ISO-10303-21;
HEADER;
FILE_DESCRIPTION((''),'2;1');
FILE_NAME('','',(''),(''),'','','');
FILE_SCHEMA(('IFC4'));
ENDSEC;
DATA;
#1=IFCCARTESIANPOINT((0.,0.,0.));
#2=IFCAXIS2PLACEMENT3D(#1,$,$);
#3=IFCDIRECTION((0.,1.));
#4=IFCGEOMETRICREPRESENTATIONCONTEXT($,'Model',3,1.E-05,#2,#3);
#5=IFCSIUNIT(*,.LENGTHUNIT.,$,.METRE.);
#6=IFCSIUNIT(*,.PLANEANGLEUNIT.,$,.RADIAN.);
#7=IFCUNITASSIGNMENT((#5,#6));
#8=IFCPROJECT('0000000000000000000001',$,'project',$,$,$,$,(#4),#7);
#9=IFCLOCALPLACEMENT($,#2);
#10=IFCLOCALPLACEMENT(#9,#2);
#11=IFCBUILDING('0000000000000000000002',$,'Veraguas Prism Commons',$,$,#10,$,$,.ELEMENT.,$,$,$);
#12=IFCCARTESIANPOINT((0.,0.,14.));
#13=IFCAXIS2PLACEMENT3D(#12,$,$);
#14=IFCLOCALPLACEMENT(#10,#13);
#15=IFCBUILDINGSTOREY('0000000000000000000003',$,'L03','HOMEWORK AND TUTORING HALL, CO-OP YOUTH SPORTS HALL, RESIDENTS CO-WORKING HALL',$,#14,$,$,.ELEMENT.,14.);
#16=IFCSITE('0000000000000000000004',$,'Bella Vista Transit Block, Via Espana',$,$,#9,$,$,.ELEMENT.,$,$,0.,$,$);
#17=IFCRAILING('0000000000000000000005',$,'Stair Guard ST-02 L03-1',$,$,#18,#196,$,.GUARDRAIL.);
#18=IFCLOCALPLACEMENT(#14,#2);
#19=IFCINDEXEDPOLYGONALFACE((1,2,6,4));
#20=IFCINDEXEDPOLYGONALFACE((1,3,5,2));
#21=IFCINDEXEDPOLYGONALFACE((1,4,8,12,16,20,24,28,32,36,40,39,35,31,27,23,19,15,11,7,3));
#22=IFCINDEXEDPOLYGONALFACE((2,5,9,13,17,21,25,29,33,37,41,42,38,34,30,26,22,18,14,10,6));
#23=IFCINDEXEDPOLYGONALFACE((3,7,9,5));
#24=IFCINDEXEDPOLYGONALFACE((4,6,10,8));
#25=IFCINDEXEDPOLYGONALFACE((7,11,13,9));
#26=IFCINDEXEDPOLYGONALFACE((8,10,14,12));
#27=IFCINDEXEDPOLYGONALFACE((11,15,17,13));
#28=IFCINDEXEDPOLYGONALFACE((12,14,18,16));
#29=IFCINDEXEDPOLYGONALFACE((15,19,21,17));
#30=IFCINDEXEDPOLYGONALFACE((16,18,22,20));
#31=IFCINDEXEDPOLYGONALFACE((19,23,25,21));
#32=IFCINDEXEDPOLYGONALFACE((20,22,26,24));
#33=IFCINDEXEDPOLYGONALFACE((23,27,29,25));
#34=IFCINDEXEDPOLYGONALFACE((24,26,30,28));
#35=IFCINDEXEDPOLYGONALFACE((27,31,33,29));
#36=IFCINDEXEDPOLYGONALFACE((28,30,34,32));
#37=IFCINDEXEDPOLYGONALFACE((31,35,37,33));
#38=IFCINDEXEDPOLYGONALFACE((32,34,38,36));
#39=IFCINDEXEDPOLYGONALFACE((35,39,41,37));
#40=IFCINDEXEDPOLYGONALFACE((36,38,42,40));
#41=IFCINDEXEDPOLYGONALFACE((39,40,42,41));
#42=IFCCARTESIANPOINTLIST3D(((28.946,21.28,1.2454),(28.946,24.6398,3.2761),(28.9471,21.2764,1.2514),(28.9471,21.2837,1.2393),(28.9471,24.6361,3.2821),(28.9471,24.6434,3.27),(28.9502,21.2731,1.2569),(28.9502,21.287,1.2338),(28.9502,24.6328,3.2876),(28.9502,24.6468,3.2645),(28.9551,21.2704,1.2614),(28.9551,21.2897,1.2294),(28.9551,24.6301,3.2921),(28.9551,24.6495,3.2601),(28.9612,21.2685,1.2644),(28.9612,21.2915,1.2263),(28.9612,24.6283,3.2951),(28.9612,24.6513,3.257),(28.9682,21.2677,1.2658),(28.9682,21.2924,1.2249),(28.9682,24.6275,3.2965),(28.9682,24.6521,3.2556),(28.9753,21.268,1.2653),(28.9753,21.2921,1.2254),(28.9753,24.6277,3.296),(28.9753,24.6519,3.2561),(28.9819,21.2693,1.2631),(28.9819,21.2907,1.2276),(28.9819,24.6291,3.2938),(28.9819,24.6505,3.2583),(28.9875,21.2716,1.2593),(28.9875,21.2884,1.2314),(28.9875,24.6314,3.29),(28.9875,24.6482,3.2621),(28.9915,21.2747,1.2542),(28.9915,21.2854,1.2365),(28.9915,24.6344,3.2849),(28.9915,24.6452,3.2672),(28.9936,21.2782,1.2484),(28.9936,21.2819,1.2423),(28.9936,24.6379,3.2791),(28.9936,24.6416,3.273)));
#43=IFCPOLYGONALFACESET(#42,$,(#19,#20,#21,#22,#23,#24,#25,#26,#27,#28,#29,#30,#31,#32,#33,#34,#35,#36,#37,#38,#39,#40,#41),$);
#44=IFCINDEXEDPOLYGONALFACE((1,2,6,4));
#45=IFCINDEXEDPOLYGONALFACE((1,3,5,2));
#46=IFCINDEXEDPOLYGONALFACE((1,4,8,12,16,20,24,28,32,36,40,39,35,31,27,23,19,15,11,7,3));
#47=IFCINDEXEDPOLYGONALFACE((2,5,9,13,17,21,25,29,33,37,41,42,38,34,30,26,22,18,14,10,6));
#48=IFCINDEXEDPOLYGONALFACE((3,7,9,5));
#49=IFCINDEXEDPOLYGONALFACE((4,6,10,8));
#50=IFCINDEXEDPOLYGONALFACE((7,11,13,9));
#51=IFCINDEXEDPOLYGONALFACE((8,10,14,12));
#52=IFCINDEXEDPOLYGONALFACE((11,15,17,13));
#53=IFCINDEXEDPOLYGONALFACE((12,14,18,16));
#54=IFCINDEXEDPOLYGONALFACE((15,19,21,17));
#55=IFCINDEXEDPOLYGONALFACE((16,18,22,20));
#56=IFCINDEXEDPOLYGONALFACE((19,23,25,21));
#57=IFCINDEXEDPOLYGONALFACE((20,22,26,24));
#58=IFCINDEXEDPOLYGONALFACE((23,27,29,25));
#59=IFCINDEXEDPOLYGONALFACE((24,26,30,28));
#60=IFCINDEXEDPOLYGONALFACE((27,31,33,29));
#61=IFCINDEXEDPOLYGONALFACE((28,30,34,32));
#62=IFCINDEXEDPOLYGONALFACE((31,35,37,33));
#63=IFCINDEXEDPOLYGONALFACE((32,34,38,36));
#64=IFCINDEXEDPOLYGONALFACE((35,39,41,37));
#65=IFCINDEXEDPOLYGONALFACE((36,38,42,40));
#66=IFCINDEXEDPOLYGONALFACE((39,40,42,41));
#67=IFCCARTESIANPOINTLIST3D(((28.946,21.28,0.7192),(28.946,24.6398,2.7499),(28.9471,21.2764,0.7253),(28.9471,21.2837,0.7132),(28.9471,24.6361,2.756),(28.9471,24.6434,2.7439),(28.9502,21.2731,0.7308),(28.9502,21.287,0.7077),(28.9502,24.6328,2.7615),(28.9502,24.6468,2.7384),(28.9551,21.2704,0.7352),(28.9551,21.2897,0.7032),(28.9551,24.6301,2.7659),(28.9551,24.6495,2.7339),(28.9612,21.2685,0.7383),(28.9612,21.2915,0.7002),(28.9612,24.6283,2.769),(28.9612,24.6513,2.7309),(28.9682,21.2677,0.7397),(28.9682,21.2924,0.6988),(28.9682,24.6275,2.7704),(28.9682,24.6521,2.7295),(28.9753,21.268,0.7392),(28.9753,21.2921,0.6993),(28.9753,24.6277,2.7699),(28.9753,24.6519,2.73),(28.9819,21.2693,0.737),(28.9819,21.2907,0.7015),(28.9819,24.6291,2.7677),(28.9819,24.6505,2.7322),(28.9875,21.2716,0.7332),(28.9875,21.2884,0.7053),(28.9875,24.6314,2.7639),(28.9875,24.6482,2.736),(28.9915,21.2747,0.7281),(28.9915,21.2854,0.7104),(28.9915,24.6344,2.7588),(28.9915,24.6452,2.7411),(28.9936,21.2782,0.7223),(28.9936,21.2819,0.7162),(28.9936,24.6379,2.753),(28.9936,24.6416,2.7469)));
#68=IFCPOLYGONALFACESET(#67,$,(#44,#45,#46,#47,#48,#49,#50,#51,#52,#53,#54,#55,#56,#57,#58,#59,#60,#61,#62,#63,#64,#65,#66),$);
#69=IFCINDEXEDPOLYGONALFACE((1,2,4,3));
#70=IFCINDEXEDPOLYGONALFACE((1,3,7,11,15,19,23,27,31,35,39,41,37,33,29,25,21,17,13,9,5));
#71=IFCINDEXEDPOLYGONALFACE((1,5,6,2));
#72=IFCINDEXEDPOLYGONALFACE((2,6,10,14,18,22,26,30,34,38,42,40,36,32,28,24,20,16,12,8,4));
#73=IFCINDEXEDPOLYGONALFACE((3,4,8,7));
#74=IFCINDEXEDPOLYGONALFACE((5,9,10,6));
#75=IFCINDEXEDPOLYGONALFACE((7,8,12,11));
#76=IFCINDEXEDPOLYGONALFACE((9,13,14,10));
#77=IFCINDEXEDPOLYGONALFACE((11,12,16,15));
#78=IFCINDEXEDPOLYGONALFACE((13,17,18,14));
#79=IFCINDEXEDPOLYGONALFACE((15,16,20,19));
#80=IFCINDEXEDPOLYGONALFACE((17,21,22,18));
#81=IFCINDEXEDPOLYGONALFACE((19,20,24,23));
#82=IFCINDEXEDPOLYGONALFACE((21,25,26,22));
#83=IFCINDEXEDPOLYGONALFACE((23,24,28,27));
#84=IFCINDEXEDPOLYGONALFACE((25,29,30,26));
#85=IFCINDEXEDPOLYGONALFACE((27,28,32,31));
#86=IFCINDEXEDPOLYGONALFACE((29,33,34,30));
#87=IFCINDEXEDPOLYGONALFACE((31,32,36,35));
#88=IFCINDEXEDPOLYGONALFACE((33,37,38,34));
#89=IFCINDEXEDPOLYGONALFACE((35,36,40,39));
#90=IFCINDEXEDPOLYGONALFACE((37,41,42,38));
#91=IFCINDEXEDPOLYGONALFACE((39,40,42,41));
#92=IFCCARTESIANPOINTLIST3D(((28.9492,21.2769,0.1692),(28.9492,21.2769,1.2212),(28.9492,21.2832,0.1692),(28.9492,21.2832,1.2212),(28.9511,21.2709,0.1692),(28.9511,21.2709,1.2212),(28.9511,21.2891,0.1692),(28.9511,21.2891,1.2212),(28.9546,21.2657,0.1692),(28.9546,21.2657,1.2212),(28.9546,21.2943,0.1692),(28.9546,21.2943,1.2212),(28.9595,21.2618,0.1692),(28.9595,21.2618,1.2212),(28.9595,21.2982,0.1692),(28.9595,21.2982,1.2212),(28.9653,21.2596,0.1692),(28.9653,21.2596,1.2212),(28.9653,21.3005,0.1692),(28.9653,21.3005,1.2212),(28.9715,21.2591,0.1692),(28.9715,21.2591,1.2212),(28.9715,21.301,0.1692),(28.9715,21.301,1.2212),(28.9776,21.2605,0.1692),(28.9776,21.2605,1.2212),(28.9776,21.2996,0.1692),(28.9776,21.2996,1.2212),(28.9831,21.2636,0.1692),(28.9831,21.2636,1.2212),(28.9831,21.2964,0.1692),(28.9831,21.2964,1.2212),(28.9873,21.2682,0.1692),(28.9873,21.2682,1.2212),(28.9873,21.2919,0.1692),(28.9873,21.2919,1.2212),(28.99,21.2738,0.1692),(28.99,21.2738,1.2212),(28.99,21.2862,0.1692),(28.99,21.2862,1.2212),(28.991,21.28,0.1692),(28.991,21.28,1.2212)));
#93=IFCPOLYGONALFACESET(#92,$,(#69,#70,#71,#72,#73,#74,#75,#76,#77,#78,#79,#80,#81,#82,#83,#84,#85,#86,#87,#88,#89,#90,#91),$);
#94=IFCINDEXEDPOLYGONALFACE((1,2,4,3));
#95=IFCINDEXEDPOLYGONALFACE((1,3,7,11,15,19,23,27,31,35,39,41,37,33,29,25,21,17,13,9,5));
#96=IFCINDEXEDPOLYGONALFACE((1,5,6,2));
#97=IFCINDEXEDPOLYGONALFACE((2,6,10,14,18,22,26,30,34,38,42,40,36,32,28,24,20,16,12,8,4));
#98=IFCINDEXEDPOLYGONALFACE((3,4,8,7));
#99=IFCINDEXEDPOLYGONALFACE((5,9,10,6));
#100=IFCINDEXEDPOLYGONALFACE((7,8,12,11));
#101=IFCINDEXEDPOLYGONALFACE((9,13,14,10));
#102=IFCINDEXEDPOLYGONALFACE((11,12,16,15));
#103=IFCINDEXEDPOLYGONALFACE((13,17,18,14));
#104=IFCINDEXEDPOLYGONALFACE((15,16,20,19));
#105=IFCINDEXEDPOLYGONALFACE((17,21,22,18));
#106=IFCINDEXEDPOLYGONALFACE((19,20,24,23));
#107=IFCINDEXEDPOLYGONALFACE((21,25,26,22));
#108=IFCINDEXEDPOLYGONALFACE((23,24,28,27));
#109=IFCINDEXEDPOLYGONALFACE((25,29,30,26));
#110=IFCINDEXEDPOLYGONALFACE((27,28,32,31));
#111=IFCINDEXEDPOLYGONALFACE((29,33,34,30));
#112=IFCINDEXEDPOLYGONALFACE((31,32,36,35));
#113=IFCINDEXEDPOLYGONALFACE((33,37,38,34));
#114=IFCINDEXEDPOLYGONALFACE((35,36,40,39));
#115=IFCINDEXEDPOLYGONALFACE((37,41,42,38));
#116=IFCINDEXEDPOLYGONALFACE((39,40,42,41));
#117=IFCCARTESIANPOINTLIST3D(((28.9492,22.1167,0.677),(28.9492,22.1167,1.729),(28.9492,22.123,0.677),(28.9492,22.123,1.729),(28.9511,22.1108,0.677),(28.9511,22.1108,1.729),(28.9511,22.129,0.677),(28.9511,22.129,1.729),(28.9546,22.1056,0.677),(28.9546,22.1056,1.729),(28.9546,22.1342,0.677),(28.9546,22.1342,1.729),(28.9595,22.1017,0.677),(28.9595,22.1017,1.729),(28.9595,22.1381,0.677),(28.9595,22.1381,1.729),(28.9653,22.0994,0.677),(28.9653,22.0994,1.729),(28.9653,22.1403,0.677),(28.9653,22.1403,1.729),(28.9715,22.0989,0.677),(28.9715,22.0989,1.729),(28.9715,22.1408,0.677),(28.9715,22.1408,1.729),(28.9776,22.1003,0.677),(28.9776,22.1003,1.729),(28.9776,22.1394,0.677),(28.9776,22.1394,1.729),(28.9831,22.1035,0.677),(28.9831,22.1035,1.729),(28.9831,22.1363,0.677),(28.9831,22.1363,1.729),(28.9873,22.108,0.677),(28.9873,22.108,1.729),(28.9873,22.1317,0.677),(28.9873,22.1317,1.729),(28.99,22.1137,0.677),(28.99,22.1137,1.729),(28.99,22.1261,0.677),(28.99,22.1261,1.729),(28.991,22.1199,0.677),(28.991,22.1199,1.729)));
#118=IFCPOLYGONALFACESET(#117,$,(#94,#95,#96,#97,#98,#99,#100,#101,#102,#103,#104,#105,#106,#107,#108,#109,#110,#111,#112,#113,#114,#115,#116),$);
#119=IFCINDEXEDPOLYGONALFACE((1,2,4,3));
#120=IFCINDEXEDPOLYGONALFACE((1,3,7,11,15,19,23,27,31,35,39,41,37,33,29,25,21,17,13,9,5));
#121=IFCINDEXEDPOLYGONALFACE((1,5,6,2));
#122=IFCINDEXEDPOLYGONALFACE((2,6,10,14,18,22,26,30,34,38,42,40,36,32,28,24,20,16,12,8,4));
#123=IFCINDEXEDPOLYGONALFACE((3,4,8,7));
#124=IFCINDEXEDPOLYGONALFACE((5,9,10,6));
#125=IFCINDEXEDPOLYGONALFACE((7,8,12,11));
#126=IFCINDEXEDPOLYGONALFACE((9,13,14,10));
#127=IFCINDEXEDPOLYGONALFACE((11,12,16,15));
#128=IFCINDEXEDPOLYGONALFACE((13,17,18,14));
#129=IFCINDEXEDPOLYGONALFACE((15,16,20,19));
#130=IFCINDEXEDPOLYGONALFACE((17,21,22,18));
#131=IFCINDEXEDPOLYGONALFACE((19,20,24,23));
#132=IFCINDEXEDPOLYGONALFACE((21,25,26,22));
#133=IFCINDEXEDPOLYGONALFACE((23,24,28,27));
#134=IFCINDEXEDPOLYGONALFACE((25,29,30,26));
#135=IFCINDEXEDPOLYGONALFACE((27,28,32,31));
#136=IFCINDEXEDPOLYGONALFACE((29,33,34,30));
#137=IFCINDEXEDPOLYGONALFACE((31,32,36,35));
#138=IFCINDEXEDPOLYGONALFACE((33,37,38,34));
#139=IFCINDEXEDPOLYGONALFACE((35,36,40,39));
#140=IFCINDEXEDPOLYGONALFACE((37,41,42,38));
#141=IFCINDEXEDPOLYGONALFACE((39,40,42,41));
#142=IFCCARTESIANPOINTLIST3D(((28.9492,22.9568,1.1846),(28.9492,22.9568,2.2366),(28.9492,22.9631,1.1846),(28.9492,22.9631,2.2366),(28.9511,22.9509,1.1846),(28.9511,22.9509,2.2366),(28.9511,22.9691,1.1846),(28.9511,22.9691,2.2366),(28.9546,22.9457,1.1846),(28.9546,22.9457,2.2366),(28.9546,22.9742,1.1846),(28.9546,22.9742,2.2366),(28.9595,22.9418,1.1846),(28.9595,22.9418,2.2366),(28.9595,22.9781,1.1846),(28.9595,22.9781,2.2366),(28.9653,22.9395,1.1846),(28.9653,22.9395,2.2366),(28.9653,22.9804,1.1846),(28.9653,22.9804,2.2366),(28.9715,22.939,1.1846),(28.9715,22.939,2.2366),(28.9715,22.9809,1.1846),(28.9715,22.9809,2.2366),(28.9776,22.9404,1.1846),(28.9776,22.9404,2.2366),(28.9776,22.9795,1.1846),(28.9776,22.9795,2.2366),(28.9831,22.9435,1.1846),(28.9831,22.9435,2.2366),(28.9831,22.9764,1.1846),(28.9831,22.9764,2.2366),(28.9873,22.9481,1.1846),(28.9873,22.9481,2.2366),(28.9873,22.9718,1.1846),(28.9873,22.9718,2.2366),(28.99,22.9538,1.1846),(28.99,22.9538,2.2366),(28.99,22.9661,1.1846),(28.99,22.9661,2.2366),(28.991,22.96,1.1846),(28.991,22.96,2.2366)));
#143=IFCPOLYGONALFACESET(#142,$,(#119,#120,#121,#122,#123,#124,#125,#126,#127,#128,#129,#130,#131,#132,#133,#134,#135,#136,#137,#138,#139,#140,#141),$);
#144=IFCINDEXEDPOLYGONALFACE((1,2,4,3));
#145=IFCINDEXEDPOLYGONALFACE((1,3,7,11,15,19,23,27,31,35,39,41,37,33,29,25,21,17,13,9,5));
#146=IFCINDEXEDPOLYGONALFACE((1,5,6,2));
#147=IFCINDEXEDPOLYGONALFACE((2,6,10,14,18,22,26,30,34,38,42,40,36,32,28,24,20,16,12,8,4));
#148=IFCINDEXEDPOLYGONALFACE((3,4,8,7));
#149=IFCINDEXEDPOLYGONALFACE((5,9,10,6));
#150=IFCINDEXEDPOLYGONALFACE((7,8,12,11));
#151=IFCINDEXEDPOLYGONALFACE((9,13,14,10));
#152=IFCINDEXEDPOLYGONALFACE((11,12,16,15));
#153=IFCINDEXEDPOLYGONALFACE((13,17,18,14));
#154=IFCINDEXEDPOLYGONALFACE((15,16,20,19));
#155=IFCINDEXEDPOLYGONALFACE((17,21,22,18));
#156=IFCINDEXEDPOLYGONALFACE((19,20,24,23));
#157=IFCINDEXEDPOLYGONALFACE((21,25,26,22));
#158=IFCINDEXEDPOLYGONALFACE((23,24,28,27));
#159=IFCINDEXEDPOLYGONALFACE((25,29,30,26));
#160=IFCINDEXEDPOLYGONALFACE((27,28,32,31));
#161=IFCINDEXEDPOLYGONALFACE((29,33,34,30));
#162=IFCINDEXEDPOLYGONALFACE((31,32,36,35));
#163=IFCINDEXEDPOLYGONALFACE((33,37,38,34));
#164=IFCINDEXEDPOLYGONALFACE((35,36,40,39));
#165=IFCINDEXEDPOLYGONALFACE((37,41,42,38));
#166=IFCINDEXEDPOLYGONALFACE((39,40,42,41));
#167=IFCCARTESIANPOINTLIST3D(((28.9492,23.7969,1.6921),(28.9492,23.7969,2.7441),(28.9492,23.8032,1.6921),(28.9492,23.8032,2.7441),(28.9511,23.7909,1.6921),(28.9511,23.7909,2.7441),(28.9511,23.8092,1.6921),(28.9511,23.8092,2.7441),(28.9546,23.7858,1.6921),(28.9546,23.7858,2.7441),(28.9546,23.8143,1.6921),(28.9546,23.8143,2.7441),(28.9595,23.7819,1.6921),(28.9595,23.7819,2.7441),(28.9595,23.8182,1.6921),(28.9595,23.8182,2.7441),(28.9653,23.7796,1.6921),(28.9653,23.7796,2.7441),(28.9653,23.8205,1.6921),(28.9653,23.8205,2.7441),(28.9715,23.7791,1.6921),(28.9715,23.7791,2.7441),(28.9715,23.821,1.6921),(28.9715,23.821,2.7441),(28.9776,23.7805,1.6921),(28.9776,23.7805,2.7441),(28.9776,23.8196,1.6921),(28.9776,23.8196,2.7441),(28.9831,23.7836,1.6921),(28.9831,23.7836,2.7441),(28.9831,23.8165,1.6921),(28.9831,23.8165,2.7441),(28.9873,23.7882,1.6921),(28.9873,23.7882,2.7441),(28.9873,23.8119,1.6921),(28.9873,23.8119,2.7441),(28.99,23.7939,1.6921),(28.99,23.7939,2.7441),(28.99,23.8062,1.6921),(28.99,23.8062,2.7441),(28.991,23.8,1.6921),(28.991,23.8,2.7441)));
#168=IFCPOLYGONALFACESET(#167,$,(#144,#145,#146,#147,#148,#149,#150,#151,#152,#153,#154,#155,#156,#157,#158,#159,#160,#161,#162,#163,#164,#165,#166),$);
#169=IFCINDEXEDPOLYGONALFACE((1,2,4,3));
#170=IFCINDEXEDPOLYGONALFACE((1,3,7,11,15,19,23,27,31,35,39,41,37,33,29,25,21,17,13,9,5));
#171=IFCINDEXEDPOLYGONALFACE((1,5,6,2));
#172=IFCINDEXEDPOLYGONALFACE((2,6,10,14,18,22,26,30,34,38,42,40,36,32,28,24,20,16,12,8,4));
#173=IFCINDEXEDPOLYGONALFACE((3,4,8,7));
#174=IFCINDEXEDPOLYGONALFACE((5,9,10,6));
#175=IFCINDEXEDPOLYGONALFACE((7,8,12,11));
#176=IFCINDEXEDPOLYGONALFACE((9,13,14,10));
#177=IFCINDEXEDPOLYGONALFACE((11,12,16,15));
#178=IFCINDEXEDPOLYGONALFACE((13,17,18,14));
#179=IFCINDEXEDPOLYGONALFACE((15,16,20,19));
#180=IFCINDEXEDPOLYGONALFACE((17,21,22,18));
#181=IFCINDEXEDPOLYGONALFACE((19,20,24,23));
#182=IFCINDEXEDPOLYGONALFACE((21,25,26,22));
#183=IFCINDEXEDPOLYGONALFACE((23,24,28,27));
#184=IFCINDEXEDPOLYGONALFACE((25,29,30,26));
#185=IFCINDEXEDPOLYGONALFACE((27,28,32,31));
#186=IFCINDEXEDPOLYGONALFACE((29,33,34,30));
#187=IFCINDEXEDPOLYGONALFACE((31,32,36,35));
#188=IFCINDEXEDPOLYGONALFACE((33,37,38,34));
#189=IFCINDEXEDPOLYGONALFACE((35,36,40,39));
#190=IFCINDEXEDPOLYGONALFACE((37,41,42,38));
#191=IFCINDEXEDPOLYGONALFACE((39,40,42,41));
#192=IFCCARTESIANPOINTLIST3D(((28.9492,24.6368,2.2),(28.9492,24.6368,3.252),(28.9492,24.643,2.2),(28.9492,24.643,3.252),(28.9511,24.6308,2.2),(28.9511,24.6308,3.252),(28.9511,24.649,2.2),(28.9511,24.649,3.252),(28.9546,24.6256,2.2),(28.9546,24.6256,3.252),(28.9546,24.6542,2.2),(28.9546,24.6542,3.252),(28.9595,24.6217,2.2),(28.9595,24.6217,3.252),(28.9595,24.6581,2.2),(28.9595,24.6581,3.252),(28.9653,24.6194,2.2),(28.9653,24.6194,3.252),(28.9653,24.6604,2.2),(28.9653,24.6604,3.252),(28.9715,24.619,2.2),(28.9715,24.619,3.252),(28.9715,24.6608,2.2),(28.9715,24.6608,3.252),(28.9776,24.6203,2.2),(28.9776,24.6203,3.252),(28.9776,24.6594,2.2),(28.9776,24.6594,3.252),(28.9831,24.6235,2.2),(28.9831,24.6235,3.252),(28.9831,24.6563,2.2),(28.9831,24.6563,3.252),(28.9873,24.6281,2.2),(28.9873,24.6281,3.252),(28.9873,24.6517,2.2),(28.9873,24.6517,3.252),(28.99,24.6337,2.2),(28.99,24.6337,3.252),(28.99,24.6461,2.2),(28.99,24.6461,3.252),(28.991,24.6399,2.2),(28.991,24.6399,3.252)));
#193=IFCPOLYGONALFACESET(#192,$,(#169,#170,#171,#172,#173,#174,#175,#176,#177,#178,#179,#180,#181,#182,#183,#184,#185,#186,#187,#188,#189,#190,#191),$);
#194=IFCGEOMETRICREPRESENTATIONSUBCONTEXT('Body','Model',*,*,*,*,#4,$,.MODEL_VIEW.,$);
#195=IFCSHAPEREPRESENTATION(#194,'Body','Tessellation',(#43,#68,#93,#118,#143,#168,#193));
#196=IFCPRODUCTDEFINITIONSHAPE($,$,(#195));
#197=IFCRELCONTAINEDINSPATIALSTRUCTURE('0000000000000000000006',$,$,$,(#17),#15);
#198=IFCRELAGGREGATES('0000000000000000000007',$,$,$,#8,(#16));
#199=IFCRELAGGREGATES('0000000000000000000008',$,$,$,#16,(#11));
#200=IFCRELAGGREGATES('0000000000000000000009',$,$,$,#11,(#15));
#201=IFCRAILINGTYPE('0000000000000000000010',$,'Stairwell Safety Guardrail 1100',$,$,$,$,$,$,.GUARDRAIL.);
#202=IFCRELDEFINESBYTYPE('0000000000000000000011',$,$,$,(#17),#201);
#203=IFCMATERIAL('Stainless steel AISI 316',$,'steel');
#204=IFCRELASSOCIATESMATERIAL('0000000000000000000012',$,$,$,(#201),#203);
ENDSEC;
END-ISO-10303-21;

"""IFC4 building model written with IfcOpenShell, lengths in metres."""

from ifc_helpers import new_model, si_unit, direction, frame, origin, origin_2d, place, context, subcontext, project, spatial, circle, extrude, material, type_object, element, save


model = new_model("IFC4")

# Units and contexts
model_context = context("Model", 3, precision=1e-05, world=origin(), true_north=direction((0.0, 1.0)))
body_context = subcontext(model_context, "Body", "Model", "MODEL_VIEW")
ifc_project = project(units=[si_unit("LENGTHUNIT", "METRE"), si_unit("PLANEANGLEUNIT", "RADIAN")], contexts=[model_context])

# Site, building, storey
site_placement = place(None, origin())
site = spatial("IfcSite", under=ifc_project, at=site_placement, Name="Bella Vista Transit Block, Via Espana", CompositionType="ELEMENT", RefElevation=0.0)
building_placement = place(site_placement, origin())
building = spatial("IfcBuilding", under=site, at=building_placement, Name="Veraguas Prism Commons", CompositionType="ELEMENT")
storey_placement = place(building_placement, frame((0.0, 0.0, 14.0)))
storey = spatial("IfcBuildingStorey", under=building, at=storey_placement, Name="L03", Description="HOMEWORK AND TUTORING HALL, CO-OP YOUTH SPORTS HALL, RESIDENTS CO-WORKING HALL", CompositionType="ELEMENT", Elevation=14.0)

# Railing
ifc_material_1 = material(Name="Stainless steel AISI 316", Category="steel")
railing_type = type_object("IfcRailingType", Name="Stairwell Safety Guardrail 1100", PredefinedType="GUARDRAIL", material=ifc_material_1)
railing_1_placement = place(storey_placement, frame((28.97, 21.28, 0.1692)))
element("IfcRailing", 1, at=railing_1_placement, inside=storey, type_object=railing_type, Name="Stair Guard ST-02 L03-1", PredefinedType="GUARDRAIL", context=body_context, shape_type="SweptSolid", body=[
    extrude(circle(Radius=0.0239, at=origin_2d()), frame((0.0, 0.0, 1.0762), z_axis=(0.0, 0.85582, 0.517273), x_axis=(-1.0, 0.0, 0.0)), (0.0, 0.0, 1.0), 3.9258),
    extrude(circle(Radius=0.0239, at=origin_2d()), frame((0.0, 0.0, 0.55), z_axis=(0.0, 0.85582, 0.517273), x_axis=(-1.0, 0.0, 0.0)), (0.0, 0.0, 1.0), 3.9258),
    extrude(circle(Radius=0.021, at=origin_2d()), origin(), (0.0, 0.0, 1.0), 1.052),
    extrude(circle(Radius=0.021, at=origin_2d()), frame((0.0, 0.8398, 0.5078)), (0.0, 0.0, 1.0), 1.052),
    extrude(circle(Radius=0.021, at=origin_2d()), frame((0.0, 1.6799, 1.0154)), (0.0, 0.0, 1.0), 1.052),
    extrude(circle(Radius=0.021, at=origin_2d()), frame((0.0, 2.52, 1.5229)), (0.0, 0.0, 1.0), 1.052),
    extrude(circle(Radius=0.021, at=origin_2d()), frame((0.0, 3.3599, 2.0308)), (0.0, 0.0, 1.0), 1.052),
])

save(model, "model.ifc")
